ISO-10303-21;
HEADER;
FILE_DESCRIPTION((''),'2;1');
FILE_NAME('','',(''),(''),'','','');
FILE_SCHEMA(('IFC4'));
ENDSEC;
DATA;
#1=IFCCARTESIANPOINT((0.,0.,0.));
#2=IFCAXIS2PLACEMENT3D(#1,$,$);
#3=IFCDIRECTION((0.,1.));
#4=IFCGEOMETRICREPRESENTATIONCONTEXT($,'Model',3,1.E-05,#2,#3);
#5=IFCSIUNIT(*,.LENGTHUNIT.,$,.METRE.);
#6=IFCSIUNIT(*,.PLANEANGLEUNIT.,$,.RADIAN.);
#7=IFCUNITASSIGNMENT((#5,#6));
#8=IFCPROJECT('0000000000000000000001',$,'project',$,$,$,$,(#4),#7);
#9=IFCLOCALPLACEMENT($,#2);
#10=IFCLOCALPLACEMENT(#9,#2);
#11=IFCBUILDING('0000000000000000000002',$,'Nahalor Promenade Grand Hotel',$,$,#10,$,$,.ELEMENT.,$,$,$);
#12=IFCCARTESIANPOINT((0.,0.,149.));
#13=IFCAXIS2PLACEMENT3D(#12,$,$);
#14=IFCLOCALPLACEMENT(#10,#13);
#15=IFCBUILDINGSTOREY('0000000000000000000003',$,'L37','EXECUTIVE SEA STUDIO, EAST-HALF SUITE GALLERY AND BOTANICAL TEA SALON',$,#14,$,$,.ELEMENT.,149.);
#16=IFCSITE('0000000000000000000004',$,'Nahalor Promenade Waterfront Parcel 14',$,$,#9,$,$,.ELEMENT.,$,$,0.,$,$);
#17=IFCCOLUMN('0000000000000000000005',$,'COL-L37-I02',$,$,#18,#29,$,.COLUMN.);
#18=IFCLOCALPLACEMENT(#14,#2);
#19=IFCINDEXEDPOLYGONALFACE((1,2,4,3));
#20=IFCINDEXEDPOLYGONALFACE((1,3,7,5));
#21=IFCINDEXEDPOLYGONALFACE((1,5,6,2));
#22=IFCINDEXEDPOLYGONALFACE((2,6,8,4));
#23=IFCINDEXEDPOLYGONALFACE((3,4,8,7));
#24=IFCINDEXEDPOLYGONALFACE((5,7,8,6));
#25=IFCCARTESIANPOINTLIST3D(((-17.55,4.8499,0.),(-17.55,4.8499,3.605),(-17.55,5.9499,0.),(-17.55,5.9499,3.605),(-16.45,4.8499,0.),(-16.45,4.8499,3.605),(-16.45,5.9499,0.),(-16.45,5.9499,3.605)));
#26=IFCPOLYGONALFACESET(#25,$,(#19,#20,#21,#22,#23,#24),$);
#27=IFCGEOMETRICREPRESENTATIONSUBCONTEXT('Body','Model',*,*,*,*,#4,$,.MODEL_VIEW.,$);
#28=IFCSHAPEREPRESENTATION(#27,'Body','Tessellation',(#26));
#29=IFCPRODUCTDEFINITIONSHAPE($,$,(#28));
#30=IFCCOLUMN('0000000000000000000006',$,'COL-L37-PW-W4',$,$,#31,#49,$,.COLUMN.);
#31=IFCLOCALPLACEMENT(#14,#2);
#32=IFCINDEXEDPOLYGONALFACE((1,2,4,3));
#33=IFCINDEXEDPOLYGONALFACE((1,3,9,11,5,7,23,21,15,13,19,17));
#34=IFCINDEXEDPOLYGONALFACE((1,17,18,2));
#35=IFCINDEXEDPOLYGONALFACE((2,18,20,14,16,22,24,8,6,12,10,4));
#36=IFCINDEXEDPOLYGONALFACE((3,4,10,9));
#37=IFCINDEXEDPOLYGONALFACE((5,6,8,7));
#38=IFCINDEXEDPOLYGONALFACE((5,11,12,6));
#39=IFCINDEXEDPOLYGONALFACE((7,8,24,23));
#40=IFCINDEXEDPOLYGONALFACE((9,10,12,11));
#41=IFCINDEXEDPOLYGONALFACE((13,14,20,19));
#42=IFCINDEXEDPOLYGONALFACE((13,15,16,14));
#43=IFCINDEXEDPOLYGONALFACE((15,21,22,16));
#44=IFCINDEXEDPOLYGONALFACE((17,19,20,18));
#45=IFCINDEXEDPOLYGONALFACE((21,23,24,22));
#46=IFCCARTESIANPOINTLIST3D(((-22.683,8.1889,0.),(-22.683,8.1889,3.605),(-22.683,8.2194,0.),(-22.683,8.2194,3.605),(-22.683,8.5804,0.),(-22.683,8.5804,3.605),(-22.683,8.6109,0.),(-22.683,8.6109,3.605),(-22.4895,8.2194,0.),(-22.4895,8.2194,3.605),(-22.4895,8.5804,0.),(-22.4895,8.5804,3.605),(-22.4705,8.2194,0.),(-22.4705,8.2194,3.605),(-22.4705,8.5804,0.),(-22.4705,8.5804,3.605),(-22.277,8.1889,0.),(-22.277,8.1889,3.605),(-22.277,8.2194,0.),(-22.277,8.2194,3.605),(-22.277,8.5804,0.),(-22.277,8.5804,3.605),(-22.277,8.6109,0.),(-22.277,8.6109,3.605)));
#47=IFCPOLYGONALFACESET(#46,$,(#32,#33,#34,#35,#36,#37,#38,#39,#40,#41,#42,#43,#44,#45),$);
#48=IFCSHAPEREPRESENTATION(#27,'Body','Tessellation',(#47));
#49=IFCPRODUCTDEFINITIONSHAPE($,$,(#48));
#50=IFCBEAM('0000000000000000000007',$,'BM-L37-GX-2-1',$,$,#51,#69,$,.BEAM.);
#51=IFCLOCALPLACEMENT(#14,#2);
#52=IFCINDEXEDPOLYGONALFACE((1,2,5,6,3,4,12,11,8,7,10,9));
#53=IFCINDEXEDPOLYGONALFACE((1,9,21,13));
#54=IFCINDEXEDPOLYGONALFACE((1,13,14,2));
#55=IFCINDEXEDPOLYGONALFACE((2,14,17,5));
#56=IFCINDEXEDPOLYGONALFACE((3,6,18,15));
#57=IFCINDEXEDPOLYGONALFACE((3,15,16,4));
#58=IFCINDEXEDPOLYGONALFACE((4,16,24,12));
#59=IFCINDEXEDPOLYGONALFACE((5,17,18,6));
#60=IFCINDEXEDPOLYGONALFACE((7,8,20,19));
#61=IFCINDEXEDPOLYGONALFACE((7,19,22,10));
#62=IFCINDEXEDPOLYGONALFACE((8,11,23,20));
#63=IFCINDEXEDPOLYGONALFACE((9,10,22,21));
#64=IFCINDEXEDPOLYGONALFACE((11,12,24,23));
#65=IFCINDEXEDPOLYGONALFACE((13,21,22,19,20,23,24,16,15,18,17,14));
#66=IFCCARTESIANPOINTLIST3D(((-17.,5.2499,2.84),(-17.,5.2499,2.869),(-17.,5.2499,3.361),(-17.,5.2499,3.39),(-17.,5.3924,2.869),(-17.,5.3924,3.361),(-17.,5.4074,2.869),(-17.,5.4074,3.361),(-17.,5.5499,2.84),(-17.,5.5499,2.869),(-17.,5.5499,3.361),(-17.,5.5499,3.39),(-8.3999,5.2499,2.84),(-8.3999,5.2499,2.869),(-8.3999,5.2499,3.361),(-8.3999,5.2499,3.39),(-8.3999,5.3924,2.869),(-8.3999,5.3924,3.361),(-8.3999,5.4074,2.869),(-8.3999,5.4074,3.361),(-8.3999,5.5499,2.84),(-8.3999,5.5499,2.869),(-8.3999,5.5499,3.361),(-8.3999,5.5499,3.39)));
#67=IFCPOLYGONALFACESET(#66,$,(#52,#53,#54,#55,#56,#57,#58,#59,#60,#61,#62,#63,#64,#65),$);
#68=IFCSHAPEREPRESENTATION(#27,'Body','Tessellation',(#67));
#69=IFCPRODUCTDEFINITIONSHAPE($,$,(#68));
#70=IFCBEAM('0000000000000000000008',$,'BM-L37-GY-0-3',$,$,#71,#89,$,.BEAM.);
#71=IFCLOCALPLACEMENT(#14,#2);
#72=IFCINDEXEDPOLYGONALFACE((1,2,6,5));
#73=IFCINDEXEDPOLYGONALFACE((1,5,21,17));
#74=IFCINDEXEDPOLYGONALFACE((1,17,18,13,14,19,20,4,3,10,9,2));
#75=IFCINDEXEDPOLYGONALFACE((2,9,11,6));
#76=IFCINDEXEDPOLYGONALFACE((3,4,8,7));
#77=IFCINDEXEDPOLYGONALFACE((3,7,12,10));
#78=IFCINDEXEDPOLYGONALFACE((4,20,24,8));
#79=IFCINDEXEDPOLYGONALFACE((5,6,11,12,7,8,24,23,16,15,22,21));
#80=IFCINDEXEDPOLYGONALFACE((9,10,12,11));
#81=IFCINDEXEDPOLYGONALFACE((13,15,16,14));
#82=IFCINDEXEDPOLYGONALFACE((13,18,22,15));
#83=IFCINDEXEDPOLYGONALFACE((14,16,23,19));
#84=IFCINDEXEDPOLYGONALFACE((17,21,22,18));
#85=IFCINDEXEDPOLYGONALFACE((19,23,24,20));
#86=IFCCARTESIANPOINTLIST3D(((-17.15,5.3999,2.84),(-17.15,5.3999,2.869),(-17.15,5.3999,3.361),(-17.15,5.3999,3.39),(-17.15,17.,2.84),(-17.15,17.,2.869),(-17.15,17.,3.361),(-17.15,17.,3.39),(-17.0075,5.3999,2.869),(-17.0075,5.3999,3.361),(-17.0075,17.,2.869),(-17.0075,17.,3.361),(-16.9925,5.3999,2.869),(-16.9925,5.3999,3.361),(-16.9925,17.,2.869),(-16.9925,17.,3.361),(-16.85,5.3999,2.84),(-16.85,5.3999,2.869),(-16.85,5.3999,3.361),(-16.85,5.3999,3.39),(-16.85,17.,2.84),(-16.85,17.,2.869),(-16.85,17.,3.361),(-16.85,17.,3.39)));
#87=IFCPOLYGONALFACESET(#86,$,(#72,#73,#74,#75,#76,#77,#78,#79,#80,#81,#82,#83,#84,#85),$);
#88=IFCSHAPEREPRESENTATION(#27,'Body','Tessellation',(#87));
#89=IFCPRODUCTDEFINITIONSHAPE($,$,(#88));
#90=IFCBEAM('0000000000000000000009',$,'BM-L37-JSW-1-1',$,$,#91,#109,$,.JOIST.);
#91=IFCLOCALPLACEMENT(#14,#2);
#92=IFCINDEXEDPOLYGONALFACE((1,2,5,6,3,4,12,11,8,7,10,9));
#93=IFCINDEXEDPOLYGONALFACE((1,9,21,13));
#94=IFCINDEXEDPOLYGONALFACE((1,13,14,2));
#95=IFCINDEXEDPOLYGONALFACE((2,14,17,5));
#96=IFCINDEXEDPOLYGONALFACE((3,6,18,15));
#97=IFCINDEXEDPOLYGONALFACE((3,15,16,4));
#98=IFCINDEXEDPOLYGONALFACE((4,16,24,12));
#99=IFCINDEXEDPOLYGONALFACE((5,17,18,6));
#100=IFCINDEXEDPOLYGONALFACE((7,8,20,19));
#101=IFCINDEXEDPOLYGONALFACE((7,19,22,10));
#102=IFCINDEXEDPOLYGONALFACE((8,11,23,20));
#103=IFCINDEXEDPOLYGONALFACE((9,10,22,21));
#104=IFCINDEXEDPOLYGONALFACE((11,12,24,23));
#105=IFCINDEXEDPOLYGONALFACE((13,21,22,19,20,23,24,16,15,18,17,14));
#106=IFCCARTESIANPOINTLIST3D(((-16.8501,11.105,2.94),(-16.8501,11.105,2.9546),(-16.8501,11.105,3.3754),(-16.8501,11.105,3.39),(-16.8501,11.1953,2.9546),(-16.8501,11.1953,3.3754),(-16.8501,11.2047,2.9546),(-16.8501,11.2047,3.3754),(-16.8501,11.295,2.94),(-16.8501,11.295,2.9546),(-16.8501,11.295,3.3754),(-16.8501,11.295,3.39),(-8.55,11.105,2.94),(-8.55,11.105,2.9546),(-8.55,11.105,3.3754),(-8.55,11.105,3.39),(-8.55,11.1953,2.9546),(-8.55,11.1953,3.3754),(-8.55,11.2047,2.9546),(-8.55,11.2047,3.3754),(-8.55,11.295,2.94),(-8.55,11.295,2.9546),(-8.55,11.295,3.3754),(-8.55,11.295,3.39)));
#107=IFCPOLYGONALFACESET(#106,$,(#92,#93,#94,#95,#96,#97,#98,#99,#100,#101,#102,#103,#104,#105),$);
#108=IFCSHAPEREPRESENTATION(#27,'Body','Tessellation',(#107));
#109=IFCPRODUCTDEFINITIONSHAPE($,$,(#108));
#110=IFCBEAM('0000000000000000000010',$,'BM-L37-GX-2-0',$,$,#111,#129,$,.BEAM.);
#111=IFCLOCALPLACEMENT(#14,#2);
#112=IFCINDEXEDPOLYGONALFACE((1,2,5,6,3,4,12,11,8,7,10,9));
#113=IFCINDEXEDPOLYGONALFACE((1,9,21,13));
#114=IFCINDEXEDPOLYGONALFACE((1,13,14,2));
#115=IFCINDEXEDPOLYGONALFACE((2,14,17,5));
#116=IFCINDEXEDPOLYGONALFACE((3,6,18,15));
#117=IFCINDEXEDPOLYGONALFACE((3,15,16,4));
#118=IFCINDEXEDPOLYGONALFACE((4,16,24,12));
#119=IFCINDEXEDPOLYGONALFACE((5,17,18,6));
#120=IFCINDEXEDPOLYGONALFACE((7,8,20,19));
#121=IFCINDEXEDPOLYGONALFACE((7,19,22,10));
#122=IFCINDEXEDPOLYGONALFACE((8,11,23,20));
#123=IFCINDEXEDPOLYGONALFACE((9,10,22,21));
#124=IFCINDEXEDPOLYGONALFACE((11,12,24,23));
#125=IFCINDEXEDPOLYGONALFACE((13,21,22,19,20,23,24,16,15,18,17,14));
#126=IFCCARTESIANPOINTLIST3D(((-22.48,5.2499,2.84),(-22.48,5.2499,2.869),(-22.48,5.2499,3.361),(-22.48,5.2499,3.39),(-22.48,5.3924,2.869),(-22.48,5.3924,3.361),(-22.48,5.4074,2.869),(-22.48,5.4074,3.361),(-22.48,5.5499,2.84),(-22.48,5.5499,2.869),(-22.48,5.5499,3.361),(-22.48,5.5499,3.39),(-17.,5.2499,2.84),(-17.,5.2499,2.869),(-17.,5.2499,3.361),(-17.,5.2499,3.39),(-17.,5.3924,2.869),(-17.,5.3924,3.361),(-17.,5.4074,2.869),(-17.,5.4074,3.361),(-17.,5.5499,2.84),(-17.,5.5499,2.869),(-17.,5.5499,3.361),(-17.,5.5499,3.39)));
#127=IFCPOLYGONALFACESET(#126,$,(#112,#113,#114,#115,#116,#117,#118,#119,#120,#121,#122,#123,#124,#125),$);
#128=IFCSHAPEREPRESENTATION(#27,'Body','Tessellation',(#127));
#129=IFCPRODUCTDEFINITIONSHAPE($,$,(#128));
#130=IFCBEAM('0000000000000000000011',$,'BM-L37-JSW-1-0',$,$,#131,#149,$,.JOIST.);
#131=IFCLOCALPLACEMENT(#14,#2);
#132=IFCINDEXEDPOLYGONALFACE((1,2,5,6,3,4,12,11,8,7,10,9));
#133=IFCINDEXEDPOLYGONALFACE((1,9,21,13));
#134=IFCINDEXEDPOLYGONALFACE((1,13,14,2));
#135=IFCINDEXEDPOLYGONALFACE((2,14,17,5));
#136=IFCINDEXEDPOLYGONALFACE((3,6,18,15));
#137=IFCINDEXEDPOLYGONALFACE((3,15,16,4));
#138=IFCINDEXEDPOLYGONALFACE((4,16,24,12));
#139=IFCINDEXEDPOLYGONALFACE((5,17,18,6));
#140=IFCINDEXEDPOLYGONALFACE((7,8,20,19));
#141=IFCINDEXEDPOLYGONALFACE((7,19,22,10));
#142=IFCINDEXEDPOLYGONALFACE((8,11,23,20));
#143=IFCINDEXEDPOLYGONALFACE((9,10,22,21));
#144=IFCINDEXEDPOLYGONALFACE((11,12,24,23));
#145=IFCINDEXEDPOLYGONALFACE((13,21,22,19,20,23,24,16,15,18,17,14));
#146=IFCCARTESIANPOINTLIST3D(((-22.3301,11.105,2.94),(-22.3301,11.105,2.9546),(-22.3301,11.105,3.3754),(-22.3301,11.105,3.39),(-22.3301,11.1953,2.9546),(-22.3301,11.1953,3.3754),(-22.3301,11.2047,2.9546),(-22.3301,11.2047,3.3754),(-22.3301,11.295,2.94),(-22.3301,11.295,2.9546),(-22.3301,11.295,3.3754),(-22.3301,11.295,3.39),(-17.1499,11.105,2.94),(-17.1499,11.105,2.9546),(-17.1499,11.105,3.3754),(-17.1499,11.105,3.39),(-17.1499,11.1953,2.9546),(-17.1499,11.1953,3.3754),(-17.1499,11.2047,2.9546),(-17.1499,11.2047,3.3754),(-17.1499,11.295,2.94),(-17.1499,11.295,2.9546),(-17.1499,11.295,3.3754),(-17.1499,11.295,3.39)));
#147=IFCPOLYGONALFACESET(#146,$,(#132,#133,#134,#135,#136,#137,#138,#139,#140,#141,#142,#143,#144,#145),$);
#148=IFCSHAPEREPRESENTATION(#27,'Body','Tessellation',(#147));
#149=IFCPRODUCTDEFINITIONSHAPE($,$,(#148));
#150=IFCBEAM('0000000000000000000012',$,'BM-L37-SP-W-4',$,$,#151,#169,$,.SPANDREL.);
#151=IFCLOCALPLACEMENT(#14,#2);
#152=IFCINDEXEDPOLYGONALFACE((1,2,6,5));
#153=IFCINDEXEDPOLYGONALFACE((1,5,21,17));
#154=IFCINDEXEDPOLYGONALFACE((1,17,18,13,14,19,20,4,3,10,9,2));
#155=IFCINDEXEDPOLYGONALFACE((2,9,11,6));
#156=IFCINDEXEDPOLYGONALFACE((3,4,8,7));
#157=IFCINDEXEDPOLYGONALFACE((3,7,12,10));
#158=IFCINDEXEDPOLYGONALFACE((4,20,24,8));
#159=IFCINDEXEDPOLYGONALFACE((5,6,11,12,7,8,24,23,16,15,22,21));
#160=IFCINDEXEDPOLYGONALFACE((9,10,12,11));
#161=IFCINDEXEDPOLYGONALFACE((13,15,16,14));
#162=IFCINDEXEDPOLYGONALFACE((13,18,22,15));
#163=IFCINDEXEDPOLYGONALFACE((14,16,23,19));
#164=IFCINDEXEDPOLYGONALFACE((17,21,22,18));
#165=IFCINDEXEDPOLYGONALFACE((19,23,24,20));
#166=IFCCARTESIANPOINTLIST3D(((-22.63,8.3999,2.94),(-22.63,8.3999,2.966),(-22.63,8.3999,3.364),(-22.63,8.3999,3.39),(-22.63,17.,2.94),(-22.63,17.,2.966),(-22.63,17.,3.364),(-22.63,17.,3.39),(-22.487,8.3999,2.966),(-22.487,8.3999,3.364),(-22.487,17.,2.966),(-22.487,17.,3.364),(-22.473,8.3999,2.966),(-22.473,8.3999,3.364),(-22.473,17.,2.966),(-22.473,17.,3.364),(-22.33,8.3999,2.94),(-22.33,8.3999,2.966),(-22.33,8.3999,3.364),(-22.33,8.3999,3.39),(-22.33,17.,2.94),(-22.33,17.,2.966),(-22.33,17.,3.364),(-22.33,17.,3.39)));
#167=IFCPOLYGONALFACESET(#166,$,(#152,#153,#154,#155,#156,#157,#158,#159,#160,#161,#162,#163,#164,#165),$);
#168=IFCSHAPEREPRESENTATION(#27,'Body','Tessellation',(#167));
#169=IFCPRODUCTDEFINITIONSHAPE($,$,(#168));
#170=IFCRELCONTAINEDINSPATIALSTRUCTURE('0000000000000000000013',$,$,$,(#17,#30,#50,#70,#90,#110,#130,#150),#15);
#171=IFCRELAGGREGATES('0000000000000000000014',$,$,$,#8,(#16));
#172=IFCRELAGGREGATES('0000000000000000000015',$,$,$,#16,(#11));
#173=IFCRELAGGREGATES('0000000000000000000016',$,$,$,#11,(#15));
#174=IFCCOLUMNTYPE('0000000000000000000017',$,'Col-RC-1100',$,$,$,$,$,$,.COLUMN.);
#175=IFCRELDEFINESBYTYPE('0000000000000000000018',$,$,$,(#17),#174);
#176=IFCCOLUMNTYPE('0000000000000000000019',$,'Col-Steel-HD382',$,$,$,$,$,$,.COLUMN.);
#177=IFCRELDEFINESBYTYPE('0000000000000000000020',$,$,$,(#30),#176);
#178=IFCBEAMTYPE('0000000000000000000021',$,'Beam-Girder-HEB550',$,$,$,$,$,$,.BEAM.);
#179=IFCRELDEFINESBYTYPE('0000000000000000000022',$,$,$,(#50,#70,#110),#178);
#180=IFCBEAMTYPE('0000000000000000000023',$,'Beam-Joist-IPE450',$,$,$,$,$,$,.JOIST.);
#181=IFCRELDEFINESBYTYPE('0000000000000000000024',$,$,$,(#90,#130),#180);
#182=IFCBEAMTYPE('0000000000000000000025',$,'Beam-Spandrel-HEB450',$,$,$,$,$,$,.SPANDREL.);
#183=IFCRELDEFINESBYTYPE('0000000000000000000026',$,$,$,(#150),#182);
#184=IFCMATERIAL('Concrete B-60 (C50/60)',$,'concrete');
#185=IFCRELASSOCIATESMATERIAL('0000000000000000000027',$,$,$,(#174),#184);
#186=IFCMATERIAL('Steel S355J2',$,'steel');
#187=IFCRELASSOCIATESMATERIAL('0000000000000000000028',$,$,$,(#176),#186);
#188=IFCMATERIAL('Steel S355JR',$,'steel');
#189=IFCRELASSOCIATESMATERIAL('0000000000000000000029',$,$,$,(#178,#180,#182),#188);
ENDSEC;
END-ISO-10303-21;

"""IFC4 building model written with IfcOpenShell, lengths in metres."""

from ifc_helpers import new_model, si_unit, direction, frame, origin, origin_2d, place, context, subcontext, project, spatial, rectangle, i_section, extrude, source, transform, mapped, material, material_profile, profile_set, type_object, element, save


model = new_model("IFC4")

# Units and contexts
model_context = context("Model", 3, precision=1e-05, world=origin(), true_north=direction((0.0, 1.0)))
body_context = subcontext(model_context, "Body", "Model", "MODEL_VIEW")
ifc_project = project(units=[si_unit("LENGTHUNIT", "METRE"), si_unit("PLANEANGLEUNIT", "RADIAN")], contexts=[model_context])

# Site, building, storey
site_placement = place(None, origin())
site = spatial("IfcSite", under=ifc_project, at=site_placement, Name="Nahalor Promenade Waterfront Parcel 14", CompositionType="ELEMENT", RefElevation=0.0)
building_placement = place(site_placement, origin())
building = spatial("IfcBuilding", under=site, at=building_placement, Name="Nahalor Promenade Grand Hotel", CompositionType="ELEMENT")
storey_placement = place(building_placement, frame((0.0, 0.0, 149.0)))
storey = spatial("IfcBuildingStorey", under=building, at=storey_placement, Name="L37", Description="EXECUTIVE SEA STUDIO, EAST-HALF SUITE GALLERY AND BOTANICAL TEA SALON", CompositionType="ELEMENT", Elevation=149.0)

# Columns
ifc_material_1 = material(Name="Concrete B-60 (C50/60)", Category="concrete")
ifc_material_profile_1 = material_profile(ifc_material_1, rectangle(XDim=1.1, YDim=1.1, at=origin_2d()), Name="RC 1100x1100")
ifc_profile_set_1 = profile_set([ifc_material_profile_1], Name="Concrete B-60 (C50/60)")
column_type_1 = type_object("IfcColumnType", Name="Col-RC-1100", PredefinedType="COLUMN", material=ifc_profile_set_1)
shared_shape_1 = source(origin(), body_context, "Body", "SweptSolid", [
    extrude(rectangle(XDim=1.1, YDim=1.1, at=origin_2d()), origin(), (0.0, 0.0, 1.0), 3.605),
])
column_1_placement = place(storey_placement, frame((-17.0, 5.3999, 0.0), z_axis=(0.0, 0.0, 1.0), x_axis=(1.0, 0.0, 0.0)))
element("IfcColumn", 1, at=column_1_placement, inside=storey, type_object=column_type_1, Name="COL-L37-I02", PredefinedType="COLUMN", context=body_context, shape_type="MappedRepresentation", body=[
    mapped(shared_shape_1, transform((0.0, 0.0, 0.0), scale=1.0)),
])
ifc_material_2 = material(Name="Steel S355J2", Category="steel")
ifc_material_profile_2 = material_profile(ifc_material_2, i_section(OverallWidth=0.406, OverallDepth=0.422, WebThickness=0.019, FlangeThickness=0.0305, at=origin_2d()), Name="HD 400x382")
ifc_profile_set_2 = profile_set([ifc_material_profile_2], Name="Steel S355J2")
column_type_2 = type_object("IfcColumnType", Name="Col-Steel-HD382", PredefinedType="COLUMN", material=ifc_profile_set_2)
shared_shape_2 = source(origin(), body_context, "Body", "SweptSolid", [
    extrude(i_section(OverallWidth=0.406, OverallDepth=0.422, WebThickness=0.019, FlangeThickness=0.0305, at=origin_2d()), origin(), (0.0, 0.0, 1.0), 3.605),
])
column_2_placement = place(storey_placement, frame((-22.48, 8.3999, 0.0), z_axis=(0.0, 0.0, 1.0), x_axis=(1.0, 0.0, 0.0)))
element("IfcColumn", 2, at=column_2_placement, inside=storey, type_object=column_type_2, Name="COL-L37-PW-W4", PredefinedType="COLUMN", context=body_context, shape_type="MappedRepresentation", body=[
    mapped(shared_shape_2, transform((0.0, 0.0, 0.0), scale=1.0)),
])

# Beams
ifc_material_3 = material(Name="Steel S355JR", Category="steel")
ifc_material_profile_3 = material_profile(ifc_material_3, i_section(OverallWidth=0.3, OverallDepth=0.55, WebThickness=0.015, FlangeThickness=0.029, at=origin_2d()), Name="HEB 550")
ifc_profile_set_3 = profile_set([ifc_material_profile_3], Name="Steel S355JR")
beam_type_1 = type_object("IfcBeamType", Name="Beam-Girder-HEB550", PredefinedType="BEAM", material=ifc_profile_set_3)
shared_shape_3 = source(origin(), body_context, "Body", "SweptSolid", [
    extrude(i_section(OverallWidth=0.3, OverallDepth=0.55, WebThickness=0.015, FlangeThickness=0.029, at=origin_2d()), origin(), (0.0, 0.0, 1.0), 8.6001),
])
beam_1_placement = place(storey_placement, frame((-17.0, 5.3999, 3.115), z_axis=(1.0, 0.0, 0.0), x_axis=(0.0, 1.0, 0.0)))
element("IfcBeam", 3, at=beam_1_placement, inside=storey, type_object=beam_type_1, Name="BM-L37-GX-2-1", PredefinedType="BEAM", context=body_context, shape_type="MappedRepresentation", body=[
    mapped(shared_shape_3, transform((0.0, 0.0, 0.0), scale=1.0)),
])
shared_shape_4 = source(origin(), body_context, "Body", "SweptSolid", [
    extrude(i_section(OverallWidth=0.3, OverallDepth=0.55, WebThickness=0.015, FlangeThickness=0.029, at=origin_2d()), origin(), (0.0, 0.0, 1.0), 11.6001),
])
beam_2_placement = place(storey_placement, frame((-17.0, 5.3999, 3.115), z_axis=(0.0, 1.0, 0.0), x_axis=(-1.0, 0.0, 0.0)))
element("IfcBeam", 4, at=beam_2_placement, inside=storey, type_object=beam_type_1, Name="BM-L37-GY-0-3", PredefinedType="BEAM", context=body_context, shape_type="MappedRepresentation", body=[
    mapped(shared_shape_4, transform((0.0, 0.0, 0.0), scale=1.0)),
])
ifc_material_profile_4 = material_profile(ifc_material_3, i_section(OverallWidth=0.19, OverallDepth=0.45, WebThickness=0.0094, FlangeThickness=0.0146, at=origin_2d()), Name="IPE 450")
ifc_profile_set_4 = profile_set([ifc_material_profile_4], Name="Steel S355JR")
beam_type_2 = type_object("IfcBeamType", Name="Beam-Joist-IPE450", PredefinedType="JOIST", material=ifc_profile_set_4)
shared_shape_5 = source(origin(), body_context, "Body", "SweptSolid", [
    extrude(i_section(OverallWidth=0.19, OverallDepth=0.45, WebThickness=0.0094, FlangeThickness=0.0146, at=origin_2d()), origin(), (0.0, 0.0, 1.0), 8.3),
])
beam_3_placement = place(storey_placement, frame((-16.8501, 11.2, 3.165), z_axis=(1.0, 0.0, 0.0), x_axis=(0.0, 1.0, 0.0)))
element("IfcBeam", 5, at=beam_3_placement, inside=storey, type_object=beam_type_2, Name="BM-L37-JSW-1-1", PredefinedType="JOIST", context=body_context, shape_type="MappedRepresentation", body=[
    mapped(shared_shape_5, transform((0.0, 0.0, 0.0), scale=1.0)),
])
shared_shape_6 = source(origin(), body_context, "Body", "SweptSolid", [
    extrude(i_section(OverallWidth=0.3, OverallDepth=0.55, WebThickness=0.015, FlangeThickness=0.029, at=origin_2d()), origin(), (0.0, 0.0, 1.0), 5.48),
])
beam_4_placement = place(storey_placement, frame((-22.48, 5.3999, 3.115), z_axis=(1.0, 0.0, 0.0), x_axis=(0.0, 1.0, 0.0)))
element("IfcBeam", 6, at=beam_4_placement, inside=storey, type_object=beam_type_1, Name="BM-L37-GX-2-0", PredefinedType="BEAM", context=body_context, shape_type="MappedRepresentation", body=[
    mapped(shared_shape_6, transform((0.0, 0.0, 0.0), scale=1.0)),
])
shared_shape_7 = source(origin(), body_context, "Body", "SweptSolid", [
    extrude(i_section(OverallWidth=0.19, OverallDepth=0.45, WebThickness=0.0094, FlangeThickness=0.0146, at=origin_2d()), origin(), (0.0, 0.0, 1.0), 5.1802),
])
beam_5_placement = place(storey_placement, frame((-22.3301, 11.2, 3.165), z_axis=(1.0, 0.0, 0.0), x_axis=(0.0, 1.0, 0.0)))
element("IfcBeam", 7, at=beam_5_placement, inside=storey, type_object=beam_type_2, Name="BM-L37-JSW-1-0", PredefinedType="JOIST", context=body_context, shape_type="MappedRepresentation", body=[
    mapped(shared_shape_7, transform((0.0, 0.0, 0.0), scale=1.0)),
])
ifc_material_profile_5 = material_profile(ifc_material_3, i_section(OverallWidth=0.3, OverallDepth=0.45, WebThickness=0.014, FlangeThickness=0.026, at=origin_2d()), Name="HEB 450")
ifc_profile_set_5 = profile_set([ifc_material_profile_5], Name="Steel S355JR")
beam_type_3 = type_object("IfcBeamType", Name="Beam-Spandrel-HEB450", PredefinedType="SPANDREL", material=ifc_profile_set_5)
shared_shape_8 = source(origin(), body_context, "Body", "SweptSolid", [
    extrude(i_section(OverallWidth=0.3, OverallDepth=0.45, WebThickness=0.014, FlangeThickness=0.026, at=origin_2d()), origin(), (0.0, 0.0, 1.0), 8.6001),
])
beam_6_placement = place(storey_placement, frame((-22.48, 8.3999, 3.165), z_axis=(0.0, 1.0, 0.0), x_axis=(-1.0, 0.0, 0.0)))
element("IfcBeam", 8, at=beam_6_placement, inside=storey, type_object=beam_type_3, Name="BM-L37-SP-W-4", PredefinedType="SPANDREL", context=body_context, shape_type="MappedRepresentation", body=[
    mapped(shared_shape_8, transform((0.0, 0.0, 0.0), scale=1.0)),
])

save(model, "model.ifc")
